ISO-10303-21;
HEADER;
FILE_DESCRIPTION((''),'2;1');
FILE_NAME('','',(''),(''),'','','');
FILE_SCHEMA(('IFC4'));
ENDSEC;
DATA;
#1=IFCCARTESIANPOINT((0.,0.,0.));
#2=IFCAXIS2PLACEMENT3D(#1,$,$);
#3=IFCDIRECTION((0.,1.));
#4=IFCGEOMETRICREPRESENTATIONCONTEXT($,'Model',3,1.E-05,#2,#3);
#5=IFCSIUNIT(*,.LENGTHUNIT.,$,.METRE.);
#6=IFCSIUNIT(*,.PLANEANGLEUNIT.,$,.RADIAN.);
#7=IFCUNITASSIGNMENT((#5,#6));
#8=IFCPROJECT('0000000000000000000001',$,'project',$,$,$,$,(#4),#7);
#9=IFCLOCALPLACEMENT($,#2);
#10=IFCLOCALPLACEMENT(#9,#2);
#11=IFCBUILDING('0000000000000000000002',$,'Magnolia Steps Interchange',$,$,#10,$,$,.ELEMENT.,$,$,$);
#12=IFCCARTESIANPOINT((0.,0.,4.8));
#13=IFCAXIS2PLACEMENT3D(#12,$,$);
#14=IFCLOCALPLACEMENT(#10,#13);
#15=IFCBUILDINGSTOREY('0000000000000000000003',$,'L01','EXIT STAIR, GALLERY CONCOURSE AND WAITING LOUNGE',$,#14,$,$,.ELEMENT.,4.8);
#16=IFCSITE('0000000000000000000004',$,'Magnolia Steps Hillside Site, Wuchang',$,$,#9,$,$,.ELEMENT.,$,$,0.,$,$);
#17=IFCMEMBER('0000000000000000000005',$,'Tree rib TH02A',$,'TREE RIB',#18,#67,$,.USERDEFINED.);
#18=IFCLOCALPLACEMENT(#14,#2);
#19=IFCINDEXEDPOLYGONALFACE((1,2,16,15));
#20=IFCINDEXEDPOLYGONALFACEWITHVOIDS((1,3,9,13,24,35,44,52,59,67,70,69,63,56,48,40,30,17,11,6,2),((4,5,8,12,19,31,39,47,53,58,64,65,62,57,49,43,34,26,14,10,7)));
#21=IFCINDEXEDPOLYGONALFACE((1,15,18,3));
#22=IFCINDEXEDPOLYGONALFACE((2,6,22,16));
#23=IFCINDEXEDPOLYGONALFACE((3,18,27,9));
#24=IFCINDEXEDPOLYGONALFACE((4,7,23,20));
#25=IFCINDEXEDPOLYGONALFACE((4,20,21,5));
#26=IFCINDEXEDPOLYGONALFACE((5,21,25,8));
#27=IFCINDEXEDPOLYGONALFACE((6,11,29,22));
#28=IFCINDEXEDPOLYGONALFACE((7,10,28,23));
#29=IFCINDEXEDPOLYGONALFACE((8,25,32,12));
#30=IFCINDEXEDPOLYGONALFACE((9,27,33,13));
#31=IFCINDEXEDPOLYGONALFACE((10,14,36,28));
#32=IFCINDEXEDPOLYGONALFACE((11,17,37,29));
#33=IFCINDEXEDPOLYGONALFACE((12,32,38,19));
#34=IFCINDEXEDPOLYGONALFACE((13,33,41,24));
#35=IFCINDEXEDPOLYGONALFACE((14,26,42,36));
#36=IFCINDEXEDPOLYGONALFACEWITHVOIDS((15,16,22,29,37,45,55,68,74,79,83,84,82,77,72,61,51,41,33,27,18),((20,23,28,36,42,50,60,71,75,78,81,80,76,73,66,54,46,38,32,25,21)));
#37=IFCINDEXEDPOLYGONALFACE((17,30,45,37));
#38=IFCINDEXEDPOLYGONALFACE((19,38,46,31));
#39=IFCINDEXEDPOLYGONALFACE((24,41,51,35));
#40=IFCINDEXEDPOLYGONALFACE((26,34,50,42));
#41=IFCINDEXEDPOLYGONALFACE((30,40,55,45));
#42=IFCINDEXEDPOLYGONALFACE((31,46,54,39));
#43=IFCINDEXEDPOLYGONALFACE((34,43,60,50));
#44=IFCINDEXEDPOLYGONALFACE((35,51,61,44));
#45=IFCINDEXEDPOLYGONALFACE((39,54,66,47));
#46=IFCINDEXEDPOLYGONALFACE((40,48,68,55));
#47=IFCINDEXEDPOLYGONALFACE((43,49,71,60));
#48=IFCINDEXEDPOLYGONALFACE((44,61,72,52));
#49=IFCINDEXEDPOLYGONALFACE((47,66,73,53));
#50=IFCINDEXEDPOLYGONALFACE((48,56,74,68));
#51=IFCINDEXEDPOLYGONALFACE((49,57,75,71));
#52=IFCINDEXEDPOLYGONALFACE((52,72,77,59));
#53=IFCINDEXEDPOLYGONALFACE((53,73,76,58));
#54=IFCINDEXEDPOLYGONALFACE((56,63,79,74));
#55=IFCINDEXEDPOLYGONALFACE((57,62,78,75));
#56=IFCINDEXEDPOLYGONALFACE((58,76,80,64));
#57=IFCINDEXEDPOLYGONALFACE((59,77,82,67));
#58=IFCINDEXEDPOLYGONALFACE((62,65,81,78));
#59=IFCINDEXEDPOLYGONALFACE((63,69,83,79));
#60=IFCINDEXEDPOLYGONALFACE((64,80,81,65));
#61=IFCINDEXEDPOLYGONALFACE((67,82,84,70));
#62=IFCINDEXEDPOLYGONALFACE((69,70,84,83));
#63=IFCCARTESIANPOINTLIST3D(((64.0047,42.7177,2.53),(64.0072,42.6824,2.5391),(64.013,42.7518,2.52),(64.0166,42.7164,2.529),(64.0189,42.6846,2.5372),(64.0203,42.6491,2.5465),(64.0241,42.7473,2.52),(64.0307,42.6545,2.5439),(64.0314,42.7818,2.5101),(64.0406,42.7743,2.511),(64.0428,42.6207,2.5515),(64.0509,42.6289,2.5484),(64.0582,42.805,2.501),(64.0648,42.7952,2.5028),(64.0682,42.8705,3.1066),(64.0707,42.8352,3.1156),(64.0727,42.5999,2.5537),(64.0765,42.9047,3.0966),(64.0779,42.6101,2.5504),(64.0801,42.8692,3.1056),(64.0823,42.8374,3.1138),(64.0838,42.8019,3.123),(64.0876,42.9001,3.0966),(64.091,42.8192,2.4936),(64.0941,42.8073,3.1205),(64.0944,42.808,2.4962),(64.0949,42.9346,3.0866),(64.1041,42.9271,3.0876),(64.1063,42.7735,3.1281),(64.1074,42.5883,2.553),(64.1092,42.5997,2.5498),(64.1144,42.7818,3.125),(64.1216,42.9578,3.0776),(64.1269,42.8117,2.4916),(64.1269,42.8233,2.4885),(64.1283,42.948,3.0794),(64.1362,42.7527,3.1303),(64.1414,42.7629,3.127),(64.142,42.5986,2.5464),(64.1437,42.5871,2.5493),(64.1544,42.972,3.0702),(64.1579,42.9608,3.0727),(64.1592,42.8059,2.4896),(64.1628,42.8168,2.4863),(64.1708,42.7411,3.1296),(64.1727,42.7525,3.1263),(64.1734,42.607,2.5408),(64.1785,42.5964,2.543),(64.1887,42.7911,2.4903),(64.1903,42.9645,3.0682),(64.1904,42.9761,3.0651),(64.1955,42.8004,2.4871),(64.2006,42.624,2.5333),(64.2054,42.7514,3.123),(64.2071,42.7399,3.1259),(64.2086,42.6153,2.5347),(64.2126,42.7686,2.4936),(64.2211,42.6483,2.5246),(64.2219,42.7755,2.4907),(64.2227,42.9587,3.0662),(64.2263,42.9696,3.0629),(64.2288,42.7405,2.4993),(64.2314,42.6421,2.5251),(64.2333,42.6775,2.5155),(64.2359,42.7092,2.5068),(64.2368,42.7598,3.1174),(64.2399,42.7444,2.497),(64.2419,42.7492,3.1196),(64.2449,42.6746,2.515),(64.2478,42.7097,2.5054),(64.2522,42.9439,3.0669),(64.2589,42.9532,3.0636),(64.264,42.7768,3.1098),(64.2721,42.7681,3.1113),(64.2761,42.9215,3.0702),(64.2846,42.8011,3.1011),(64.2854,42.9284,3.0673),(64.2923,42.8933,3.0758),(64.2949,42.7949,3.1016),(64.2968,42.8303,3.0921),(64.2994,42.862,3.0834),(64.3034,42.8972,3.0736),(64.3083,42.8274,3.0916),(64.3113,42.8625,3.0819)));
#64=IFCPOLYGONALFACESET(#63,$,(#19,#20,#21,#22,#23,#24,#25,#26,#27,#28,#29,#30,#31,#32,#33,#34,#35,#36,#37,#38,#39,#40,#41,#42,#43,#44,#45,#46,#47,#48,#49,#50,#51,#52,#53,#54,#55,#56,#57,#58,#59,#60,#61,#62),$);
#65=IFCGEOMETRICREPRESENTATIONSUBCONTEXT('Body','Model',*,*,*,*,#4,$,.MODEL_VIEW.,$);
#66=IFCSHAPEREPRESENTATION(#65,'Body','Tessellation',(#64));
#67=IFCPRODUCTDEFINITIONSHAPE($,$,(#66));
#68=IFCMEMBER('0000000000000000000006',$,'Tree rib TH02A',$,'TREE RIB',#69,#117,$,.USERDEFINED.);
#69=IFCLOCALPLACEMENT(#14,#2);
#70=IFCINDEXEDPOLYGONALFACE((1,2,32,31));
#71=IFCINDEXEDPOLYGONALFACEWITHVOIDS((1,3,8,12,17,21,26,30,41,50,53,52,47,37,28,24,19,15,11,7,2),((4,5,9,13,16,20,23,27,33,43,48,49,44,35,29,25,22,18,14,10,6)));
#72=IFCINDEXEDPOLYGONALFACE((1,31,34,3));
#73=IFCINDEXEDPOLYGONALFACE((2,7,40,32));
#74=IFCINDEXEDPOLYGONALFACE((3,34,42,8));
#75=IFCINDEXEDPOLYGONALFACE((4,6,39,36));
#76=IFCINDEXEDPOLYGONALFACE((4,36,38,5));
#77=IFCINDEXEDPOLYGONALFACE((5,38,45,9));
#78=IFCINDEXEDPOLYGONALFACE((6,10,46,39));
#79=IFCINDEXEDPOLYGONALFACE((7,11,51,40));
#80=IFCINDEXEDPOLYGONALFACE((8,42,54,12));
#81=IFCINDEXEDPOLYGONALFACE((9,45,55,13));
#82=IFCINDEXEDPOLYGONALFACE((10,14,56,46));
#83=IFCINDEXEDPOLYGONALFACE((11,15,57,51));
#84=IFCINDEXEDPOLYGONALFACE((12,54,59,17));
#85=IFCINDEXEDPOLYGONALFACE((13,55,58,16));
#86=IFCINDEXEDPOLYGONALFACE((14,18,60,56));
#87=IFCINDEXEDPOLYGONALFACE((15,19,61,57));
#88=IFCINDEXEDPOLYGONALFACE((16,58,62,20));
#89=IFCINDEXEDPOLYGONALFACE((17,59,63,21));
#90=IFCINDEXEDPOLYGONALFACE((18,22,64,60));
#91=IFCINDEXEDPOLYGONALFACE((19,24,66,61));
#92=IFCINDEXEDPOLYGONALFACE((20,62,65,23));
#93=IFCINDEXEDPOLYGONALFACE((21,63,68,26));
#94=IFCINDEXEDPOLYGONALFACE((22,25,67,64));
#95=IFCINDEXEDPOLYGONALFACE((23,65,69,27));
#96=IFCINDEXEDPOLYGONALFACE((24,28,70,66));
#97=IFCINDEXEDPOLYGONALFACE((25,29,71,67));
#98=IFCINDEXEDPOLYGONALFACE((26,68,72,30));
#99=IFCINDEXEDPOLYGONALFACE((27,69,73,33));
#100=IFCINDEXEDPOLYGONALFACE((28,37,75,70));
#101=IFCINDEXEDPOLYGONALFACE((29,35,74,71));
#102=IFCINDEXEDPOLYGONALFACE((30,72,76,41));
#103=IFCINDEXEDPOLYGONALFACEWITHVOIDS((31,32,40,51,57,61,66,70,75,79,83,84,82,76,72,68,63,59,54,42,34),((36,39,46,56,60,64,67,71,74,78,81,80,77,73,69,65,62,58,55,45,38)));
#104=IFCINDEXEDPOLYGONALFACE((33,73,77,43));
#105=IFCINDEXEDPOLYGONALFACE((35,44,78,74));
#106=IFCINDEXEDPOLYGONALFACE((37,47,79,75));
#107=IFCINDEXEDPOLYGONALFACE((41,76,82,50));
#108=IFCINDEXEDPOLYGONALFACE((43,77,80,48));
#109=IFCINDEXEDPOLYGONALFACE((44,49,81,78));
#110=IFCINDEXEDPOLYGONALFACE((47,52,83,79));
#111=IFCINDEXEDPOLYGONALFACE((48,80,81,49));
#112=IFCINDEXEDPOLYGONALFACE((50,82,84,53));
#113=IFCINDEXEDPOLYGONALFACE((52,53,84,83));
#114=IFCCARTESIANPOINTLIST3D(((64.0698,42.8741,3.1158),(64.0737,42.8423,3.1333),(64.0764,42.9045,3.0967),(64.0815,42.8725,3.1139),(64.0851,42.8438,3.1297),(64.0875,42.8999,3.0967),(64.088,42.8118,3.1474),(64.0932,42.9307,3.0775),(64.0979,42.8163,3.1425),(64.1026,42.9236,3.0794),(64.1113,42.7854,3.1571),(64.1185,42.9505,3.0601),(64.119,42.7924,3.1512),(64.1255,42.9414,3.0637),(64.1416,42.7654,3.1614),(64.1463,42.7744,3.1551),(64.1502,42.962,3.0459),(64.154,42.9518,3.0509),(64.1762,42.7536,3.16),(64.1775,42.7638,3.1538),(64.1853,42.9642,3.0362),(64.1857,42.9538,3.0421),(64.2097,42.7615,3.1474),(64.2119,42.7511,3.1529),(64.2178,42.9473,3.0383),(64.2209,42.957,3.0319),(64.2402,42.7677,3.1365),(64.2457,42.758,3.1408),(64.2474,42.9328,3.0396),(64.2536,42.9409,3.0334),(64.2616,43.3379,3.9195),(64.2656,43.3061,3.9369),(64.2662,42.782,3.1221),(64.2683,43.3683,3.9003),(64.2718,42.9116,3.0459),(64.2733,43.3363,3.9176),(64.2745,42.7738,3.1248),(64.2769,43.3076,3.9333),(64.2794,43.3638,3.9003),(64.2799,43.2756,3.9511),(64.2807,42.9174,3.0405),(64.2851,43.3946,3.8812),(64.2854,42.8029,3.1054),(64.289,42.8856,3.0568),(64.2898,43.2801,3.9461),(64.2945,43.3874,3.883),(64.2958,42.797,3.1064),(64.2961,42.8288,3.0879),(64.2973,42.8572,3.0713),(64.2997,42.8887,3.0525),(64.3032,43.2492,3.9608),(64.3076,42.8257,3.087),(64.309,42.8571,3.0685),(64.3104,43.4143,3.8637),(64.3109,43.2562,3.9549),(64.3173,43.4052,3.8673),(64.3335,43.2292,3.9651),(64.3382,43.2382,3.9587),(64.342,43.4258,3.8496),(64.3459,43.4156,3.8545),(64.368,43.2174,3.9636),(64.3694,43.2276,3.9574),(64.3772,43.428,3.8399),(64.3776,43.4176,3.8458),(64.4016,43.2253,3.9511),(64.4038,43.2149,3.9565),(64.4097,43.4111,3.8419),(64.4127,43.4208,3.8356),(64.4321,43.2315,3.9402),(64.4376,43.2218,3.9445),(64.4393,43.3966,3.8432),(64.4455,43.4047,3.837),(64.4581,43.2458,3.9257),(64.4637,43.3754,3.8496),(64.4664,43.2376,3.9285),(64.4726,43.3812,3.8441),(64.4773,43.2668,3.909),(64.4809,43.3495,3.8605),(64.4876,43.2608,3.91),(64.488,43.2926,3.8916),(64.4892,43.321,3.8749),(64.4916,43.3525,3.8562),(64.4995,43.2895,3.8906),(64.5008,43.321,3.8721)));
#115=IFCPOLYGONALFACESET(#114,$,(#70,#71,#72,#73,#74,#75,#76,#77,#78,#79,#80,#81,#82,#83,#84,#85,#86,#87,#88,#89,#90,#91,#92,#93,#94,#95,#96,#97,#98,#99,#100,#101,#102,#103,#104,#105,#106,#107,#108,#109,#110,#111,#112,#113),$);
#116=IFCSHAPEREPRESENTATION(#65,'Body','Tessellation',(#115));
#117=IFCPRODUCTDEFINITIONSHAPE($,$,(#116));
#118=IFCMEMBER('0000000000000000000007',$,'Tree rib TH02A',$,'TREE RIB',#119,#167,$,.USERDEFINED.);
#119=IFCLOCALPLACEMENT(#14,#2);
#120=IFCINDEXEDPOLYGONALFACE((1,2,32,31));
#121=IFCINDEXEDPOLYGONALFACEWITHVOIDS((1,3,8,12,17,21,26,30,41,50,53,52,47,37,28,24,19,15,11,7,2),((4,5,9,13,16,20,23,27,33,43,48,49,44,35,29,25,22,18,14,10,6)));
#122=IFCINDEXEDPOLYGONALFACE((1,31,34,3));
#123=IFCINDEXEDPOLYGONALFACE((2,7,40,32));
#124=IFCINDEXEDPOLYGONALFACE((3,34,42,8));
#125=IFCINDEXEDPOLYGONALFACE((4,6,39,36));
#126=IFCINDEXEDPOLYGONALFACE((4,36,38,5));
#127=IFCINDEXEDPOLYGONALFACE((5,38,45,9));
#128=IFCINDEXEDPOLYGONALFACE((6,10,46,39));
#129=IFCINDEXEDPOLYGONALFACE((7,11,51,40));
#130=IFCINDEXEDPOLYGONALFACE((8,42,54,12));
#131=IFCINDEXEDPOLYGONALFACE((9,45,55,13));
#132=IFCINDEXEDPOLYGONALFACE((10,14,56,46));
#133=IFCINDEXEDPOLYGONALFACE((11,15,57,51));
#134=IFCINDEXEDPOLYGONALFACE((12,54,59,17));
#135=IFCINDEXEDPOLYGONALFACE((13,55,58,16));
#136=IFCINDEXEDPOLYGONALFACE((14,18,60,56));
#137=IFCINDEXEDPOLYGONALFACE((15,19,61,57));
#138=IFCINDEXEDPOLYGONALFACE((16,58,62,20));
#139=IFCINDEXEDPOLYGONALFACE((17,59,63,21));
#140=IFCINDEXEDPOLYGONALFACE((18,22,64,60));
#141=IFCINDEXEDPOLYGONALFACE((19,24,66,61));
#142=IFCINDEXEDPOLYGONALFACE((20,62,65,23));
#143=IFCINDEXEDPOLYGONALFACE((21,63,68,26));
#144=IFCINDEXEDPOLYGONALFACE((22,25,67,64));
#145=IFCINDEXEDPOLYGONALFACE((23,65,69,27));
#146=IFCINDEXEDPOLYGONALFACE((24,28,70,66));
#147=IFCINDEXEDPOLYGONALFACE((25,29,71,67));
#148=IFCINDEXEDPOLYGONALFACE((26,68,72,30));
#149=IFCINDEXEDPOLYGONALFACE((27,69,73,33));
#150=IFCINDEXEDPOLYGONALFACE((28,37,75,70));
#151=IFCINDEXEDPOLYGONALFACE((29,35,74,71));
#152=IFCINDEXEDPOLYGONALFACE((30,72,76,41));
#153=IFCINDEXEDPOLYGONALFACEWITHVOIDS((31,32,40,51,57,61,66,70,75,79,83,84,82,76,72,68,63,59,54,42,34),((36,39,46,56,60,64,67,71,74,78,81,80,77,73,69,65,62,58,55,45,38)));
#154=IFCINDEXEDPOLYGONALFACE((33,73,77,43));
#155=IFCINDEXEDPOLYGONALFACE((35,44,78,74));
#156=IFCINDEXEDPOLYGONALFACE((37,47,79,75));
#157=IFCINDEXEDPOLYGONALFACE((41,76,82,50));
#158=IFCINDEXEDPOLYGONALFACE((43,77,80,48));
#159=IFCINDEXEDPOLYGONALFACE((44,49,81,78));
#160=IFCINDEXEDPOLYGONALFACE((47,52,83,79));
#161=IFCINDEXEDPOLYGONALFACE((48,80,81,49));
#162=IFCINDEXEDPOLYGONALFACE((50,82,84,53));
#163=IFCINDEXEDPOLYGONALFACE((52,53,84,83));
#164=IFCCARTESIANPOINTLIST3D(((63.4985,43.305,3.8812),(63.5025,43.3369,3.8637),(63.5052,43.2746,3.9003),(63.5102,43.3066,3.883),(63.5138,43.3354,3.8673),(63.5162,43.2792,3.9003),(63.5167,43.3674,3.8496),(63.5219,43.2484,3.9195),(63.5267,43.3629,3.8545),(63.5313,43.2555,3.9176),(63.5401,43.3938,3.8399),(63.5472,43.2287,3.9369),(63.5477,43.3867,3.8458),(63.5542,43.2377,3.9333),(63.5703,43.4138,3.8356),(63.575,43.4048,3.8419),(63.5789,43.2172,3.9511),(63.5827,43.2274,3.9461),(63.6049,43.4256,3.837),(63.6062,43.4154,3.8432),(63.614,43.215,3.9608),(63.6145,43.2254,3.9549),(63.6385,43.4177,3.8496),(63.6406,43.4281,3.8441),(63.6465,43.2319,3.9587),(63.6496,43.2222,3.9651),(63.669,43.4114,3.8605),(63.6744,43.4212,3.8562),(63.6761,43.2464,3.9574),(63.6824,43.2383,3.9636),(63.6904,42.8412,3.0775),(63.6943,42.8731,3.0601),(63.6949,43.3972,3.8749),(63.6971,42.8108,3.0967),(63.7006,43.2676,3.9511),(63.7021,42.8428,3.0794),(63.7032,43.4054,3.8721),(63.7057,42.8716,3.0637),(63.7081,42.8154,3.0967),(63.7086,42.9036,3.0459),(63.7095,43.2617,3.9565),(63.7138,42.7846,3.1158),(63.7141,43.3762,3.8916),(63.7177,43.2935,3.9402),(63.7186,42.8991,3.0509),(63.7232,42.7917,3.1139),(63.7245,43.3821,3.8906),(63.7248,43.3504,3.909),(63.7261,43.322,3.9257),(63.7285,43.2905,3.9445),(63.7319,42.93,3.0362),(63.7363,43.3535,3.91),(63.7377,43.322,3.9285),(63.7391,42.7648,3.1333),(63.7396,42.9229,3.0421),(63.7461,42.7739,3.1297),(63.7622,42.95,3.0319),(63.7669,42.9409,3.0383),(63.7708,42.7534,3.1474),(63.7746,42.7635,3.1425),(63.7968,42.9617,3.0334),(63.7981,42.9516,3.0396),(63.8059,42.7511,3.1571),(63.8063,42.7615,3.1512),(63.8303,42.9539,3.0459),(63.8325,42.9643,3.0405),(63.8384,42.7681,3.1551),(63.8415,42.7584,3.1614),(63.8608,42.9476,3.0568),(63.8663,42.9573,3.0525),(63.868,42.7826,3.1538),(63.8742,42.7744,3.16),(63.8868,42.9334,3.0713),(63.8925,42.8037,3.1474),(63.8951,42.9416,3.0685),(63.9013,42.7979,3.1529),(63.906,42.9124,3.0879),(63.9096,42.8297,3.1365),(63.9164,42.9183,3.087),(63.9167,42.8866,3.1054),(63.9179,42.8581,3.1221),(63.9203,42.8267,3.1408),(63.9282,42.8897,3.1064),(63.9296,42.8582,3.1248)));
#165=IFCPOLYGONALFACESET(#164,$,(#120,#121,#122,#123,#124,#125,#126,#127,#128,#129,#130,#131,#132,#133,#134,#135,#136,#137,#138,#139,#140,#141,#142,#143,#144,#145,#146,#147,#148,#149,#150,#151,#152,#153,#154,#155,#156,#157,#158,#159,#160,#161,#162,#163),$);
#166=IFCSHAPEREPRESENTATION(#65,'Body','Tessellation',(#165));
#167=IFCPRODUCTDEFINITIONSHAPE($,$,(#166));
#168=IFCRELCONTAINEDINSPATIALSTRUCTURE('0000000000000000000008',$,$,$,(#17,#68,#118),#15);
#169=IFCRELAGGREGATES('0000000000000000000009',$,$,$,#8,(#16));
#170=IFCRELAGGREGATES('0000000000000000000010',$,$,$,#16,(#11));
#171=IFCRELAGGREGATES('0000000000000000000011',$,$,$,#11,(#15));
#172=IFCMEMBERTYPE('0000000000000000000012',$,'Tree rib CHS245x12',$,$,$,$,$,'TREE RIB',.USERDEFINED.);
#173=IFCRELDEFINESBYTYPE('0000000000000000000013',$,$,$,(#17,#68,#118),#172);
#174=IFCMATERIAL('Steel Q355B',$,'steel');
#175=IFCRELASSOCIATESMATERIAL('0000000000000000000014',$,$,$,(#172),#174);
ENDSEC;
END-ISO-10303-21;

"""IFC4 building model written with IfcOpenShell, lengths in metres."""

from ifc_helpers import new_model, si_unit, direction, frame, origin, origin_2d, place, context, subcontext, project, spatial, hollow_circle, extrude, material, material_profile, profile_set, type_object, element, save


model = new_model("IFC4")

# Units and contexts
model_context = context("Model", 3, precision=1e-05, world=origin(), true_north=direction((0.0, 1.0)))
body_context = subcontext(model_context, "Body", "Model", "MODEL_VIEW")
ifc_project = project(units=[si_unit("LENGTHUNIT", "METRE"), si_unit("PLANEANGLEUNIT", "RADIAN")], contexts=[model_context])

# Site, building, storey
site_placement = place(None, origin())
site = spatial("IfcSite", under=ifc_project, at=site_placement, Name="Magnolia Steps Hillside Site, Wuchang", CompositionType="ELEMENT", RefElevation=0.0)
building_placement = place(site_placement, origin())
building = spatial("IfcBuilding", under=site, at=building_placement, Name="Magnolia Steps Interchange", CompositionType="ELEMENT")
storey_placement = place(building_placement, frame((0.0, 0.0, 4.8)))
storey = spatial("IfcBuildingStorey", under=building, at=storey_placement, Name="L01", Description="EXIT STAIR, GALLERY CONCOURSE AND WAITING LOUNGE", CompositionType="ELEMENT", Elevation=4.8)

# Members
ifc_material_1 = material(Name="Steel Q355B", Category="steel")
ifc_material_profile = material_profile(ifc_material_1, hollow_circle(Radius=0.1226, WallThickness=0.012, at=origin_2d()), Name="CHS245x12")
ifc_profile_set = profile_set([ifc_material_profile], Name="Steel Q355B")
member_type = type_object("IfcMemberType", Name="Tree rib CHS245x12", ElementType="TREE RIB", PredefinedType="USERDEFINED", material=ifc_profile_set)
member_1_placement = place(storey_placement, frame((64.1262, 42.7048, 2.52), z_axis=(0.105805, 0.254747, 0.961202), x_axis=(-0.923513, 0.383568, 0.0)))
element("IfcMember", 1, at=member_1_placement, inside=storey, type_object=member_type, Name="Tree rib TH02A", ObjectType="TREE RIB", PredefinedType="USERDEFINED", context=body_context, shape_type="SweptSolid", body=[
    extrude(hollow_circle(Radius=0.1226, WallThickness=0.012, at=origin_2d()), origin(), (0.0, 0.0, 1.0), 0.5999),
])
for number, where, z_axis, x_axis, name in (
    (2, (64.1897, 42.8577, 3.0967), (0.202506, 0.489517, 0.848153), (-0.924052, 0.382266, 0.0), "Tree rib TH02A"),
    (3, (63.8103, 42.8577, 3.0967), (-0.202506, 0.489517, 0.848153), (-0.924052, -0.382266, 0.0), "Tree rib TH02A"),
):
    element("IfcMember", number, at=place(storey_placement, frame(where, z_axis=z_axis, x_axis=x_axis)), inside=storey, type_object=member_type, Name=name, ObjectType="TREE RIB", PredefinedType="USERDEFINED", context=body_context, shape_type="SweptSolid", body=[
        extrude(hollow_circle(Radius=0.1226, WallThickness=0.012, at=origin_2d()), origin(), (0.0, 0.0, 1.0), 0.9475),
    ])

save(model, "model.ifc")
